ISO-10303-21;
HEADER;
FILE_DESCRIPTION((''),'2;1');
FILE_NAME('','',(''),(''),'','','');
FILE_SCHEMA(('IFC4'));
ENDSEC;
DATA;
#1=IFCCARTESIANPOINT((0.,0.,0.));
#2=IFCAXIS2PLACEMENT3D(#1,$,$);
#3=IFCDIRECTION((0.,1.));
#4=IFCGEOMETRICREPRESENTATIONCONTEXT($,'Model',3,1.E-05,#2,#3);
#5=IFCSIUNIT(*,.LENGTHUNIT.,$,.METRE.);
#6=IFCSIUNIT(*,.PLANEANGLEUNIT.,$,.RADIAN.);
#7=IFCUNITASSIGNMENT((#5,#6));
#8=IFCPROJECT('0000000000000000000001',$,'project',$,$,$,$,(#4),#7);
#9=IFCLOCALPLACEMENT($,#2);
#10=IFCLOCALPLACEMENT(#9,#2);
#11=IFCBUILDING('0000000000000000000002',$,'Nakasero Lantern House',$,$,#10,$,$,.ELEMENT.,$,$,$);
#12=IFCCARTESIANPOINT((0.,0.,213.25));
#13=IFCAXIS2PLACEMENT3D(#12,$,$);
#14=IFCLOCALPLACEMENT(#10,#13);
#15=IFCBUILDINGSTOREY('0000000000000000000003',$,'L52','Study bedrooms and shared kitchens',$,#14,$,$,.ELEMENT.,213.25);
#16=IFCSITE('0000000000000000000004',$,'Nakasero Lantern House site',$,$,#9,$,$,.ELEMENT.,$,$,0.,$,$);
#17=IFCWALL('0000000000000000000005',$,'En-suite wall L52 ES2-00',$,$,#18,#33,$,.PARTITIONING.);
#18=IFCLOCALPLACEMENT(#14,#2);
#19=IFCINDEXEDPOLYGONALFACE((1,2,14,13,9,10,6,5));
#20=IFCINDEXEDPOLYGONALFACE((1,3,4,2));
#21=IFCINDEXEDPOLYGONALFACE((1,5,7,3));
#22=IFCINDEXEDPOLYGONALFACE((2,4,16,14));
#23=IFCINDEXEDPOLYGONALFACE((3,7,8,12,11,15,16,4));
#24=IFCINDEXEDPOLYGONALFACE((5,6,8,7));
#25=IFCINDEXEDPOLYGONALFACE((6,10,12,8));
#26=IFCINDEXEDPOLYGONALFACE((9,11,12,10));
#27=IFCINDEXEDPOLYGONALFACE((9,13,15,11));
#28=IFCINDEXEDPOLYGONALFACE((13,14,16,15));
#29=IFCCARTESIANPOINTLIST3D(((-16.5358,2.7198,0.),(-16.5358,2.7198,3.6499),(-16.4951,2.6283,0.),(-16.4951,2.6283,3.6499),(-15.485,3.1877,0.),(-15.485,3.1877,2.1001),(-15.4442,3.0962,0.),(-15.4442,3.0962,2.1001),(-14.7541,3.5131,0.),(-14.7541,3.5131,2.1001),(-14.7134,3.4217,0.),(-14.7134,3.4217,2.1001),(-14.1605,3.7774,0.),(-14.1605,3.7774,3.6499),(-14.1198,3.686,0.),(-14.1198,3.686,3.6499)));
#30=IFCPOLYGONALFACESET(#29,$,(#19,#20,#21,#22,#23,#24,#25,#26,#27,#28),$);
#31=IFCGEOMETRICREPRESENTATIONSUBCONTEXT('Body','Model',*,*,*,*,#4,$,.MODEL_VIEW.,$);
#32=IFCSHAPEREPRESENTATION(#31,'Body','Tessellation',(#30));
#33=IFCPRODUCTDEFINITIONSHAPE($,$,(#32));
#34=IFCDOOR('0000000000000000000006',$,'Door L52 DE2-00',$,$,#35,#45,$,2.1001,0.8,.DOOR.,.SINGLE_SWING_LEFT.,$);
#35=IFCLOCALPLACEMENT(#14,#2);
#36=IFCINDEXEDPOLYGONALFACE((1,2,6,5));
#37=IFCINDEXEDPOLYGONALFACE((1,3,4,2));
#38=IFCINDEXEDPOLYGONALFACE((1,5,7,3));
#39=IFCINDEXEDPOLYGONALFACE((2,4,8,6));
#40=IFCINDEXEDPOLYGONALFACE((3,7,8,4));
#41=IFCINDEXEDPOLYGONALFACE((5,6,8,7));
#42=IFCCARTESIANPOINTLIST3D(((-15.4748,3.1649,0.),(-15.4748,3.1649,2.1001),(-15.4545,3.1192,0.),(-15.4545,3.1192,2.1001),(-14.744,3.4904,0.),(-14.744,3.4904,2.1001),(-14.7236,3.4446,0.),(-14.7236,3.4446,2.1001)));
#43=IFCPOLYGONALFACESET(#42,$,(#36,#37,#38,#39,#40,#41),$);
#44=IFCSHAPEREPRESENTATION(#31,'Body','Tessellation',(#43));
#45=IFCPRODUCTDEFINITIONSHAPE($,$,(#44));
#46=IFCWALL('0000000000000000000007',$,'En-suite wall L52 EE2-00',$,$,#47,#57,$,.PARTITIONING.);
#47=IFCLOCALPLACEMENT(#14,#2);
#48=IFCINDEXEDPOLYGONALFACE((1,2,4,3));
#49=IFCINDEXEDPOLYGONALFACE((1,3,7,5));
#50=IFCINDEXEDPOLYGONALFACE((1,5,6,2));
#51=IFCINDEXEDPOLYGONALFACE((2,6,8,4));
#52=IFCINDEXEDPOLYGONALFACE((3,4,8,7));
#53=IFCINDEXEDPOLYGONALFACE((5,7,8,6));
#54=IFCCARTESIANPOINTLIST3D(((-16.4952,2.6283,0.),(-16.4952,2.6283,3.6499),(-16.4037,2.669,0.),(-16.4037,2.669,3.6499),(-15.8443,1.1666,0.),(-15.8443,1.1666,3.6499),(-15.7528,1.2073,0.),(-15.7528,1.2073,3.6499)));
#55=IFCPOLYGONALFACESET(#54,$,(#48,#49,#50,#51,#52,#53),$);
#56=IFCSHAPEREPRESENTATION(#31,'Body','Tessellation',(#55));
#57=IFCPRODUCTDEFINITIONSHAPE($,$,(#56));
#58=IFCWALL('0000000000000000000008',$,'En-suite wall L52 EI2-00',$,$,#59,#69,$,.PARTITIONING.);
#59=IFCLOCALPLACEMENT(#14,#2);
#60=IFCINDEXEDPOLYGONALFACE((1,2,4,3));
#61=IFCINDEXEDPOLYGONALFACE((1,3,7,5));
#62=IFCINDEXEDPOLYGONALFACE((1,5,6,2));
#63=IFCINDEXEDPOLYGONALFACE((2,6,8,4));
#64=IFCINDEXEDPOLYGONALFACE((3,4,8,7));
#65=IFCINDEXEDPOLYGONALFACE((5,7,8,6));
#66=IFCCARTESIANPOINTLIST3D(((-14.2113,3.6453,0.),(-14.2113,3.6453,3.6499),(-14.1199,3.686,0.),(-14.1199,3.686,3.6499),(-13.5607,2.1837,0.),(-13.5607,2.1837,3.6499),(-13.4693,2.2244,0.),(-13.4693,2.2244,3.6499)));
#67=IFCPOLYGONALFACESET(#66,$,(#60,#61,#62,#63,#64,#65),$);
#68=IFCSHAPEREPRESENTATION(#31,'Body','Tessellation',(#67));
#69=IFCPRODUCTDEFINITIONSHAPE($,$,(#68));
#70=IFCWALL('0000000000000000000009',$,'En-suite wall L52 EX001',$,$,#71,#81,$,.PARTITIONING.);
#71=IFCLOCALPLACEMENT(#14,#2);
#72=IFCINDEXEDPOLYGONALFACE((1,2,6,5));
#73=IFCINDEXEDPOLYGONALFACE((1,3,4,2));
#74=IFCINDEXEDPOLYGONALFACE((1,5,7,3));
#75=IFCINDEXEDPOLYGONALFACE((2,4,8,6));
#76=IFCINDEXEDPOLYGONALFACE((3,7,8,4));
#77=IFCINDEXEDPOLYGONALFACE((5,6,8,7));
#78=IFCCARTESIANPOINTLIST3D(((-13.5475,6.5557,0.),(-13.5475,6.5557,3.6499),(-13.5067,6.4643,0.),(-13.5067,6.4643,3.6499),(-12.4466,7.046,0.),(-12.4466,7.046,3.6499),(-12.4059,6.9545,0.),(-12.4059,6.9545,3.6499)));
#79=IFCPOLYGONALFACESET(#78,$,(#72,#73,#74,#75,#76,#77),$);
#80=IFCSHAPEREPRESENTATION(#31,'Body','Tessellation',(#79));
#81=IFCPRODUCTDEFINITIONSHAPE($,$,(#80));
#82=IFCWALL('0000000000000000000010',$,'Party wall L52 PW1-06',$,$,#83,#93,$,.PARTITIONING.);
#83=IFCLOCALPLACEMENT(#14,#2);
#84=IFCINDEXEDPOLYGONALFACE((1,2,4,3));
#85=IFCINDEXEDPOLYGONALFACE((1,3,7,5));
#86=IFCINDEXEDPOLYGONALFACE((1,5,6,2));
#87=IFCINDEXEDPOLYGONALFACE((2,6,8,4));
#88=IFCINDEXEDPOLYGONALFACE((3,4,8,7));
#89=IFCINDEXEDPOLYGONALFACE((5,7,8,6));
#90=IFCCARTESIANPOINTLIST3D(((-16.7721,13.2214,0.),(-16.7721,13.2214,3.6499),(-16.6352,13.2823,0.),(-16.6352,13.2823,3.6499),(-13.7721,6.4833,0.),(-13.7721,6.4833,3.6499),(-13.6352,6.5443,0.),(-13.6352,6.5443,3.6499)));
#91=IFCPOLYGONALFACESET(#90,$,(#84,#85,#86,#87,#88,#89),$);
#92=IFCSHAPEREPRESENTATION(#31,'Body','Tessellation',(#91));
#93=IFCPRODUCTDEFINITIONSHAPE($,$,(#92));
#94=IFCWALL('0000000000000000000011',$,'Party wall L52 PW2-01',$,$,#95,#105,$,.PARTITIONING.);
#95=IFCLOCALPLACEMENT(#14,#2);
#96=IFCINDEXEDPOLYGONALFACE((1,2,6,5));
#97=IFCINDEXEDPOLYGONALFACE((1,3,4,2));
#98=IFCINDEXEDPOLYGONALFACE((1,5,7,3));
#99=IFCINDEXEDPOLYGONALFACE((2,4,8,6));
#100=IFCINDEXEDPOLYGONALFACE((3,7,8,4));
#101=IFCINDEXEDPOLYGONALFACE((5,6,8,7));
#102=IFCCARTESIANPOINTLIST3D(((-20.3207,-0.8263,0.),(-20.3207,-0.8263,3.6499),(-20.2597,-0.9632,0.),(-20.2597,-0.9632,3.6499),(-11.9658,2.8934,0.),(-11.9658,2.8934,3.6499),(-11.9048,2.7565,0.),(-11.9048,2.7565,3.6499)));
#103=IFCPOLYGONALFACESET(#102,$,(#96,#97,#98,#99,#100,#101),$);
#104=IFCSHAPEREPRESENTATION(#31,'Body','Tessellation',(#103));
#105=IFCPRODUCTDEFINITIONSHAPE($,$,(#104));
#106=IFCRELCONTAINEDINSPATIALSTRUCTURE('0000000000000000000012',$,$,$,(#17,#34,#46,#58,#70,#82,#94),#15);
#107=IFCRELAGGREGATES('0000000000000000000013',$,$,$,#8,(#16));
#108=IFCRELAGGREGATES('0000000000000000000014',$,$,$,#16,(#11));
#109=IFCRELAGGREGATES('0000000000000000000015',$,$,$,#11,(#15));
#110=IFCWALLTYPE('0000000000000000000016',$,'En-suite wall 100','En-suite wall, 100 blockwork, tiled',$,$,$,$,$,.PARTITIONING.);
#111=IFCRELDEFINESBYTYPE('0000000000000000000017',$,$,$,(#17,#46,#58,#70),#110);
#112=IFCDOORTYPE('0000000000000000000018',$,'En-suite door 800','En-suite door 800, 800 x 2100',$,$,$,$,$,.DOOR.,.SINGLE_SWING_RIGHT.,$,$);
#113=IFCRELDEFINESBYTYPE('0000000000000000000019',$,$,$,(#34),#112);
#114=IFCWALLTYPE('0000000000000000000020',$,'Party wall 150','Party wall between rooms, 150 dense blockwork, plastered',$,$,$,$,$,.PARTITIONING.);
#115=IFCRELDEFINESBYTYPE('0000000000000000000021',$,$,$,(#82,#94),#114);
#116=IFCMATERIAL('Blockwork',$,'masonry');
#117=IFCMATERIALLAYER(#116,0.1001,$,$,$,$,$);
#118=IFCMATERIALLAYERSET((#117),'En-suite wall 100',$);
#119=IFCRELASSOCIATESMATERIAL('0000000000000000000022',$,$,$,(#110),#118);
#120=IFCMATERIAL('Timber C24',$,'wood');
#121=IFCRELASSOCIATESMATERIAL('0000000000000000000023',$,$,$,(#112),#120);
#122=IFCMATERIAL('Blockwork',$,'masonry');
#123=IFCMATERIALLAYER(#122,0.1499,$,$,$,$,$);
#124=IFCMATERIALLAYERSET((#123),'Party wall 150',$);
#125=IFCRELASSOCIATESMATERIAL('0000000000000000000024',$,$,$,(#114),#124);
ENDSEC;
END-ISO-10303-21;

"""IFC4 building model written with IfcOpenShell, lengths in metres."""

from ifc_helpers import new_model, si_unit, direction, frame, frame_2d, origin, place, context, subcontext, project, spatial, rectangle, extrude, material, layer, layer_set, type_object, element, fill, save


model = new_model("IFC4")

# Units and contexts
model_context = context("Model", 3, precision=1e-05, world=origin(), true_north=direction((0.0, 1.0)))
body_context = subcontext(model_context, "Body", "Model", "MODEL_VIEW")
ifc_project = project(units=[si_unit("LENGTHUNIT", "METRE"), si_unit("PLANEANGLEUNIT", "RADIAN")], contexts=[model_context])

# Site, building, storey
site_placement = place(None, origin())
site = spatial("IfcSite", under=ifc_project, at=site_placement, Name="Nakasero Lantern House site", CompositionType="ELEMENT", RefElevation=0.0)
building_placement = place(site_placement, origin())
building = spatial("IfcBuilding", under=site, at=building_placement, Name="Nakasero Lantern House", CompositionType="ELEMENT")
storey_placement = place(building_placement, frame((0.0, 0.0, 213.25)))
storey = spatial("IfcBuildingStorey", under=building, at=storey_placement, Name="L52", Description="Study bedrooms and shared kitchens", CompositionType="ELEMENT", Elevation=213.25)

# Wall, opening, door
ifc_material_1 = material(Name="Blockwork", Category="masonry")
ifc_layer_1 = layer(ifc_material_1, 0.1001)
ifc_layer_set_1 = layer_set([ifc_layer_1], Name="En-suite wall 100")
wall_type_1 = type_object("IfcWallType", Name="En-suite wall 100", Description="En-suite wall, 100 blockwork, tiled", PredefinedType="PARTITIONING", material=ifc_layer_set_1)
wall_1_placement = place(storey_placement, frame((-14.1401, 3.7317, 0.0), z_axis=(0.0, 0.0, 1.0), x_axis=(-0.913533, -0.406766, 0.0)))
wall_1 = element("IfcWall", 1, at=wall_1_placement, inside=storey, type_object=wall_type_1, Name="En-suite wall L52 ES2-00", PredefinedType="PARTITIONING", context=body_context, shape_type="SweptSolid", body=[
    extrude(rectangle(XDim=2.6001, YDim=0.1001, at=frame_2d((1.3, 0.0))), origin(), (0.0, 0.0, 1.0), 3.6499),
])
opening_1_placement = place(wall_1_placement, frame((0.6499, 0.0, 0.0)))
opening_1 = element("IfcOpeningElement", 2, at=opening_1_placement, cuts=wall_1, PredefinedType="OPENING", context=body_context, shape_type="SweptSolid", body=[
    extrude(rectangle(XDim=0.8, YDim=2.1001, at=frame_2d((0.3999, 1.05))), frame((0.0, 0.0701, 0.0), z_axis=(0.0, -1.0, 0.0), x_axis=(1.0, 0.0, 0.0)), (0.0, 0.0, 1.0), 0.1401),
])
ifc_material_2 = material(Name="Timber C24", Category="wood")
door_type_1 = type_object("IfcDoorType", Name="En-suite door 800", Description="En-suite door 800, 800 x 2100", OperationType="SINGLE_SWING_RIGHT", PredefinedType="DOOR", material=ifc_material_2)
door_1_placement = place(opening_1_placement, origin())
door_1 = element("IfcDoor", 3, at=door_1_placement, inside=storey, type_object=door_type_1, Name="Door L52 DE2-00", OperationType="SINGLE_SWING_LEFT", OverallHeight=2.1001, OverallWidth=0.8, PredefinedType="DOOR", context=body_context, shape_type="SweptSolid", body=[
    extrude(rectangle(XDim=0.8, YDim=2.1001, at=frame_2d((0.3999, 1.05))), frame((0.0, 0.0249, 0.0), z_axis=(0.0, -1.0, 0.0), x_axis=(1.0, 0.0, 0.0)), (0.0, 0.0, 1.0), 0.05),
])
fill(opening_1, door_1)

# Walls
wall_2_placement = place(storey_placement, frame((-16.4495, 2.6487, 0.0), z_axis=(0.0, 0.0, 1.0), x_axis=(0.40679, -0.913522, 0.0)))
element("IfcWall", 4, at=wall_2_placement, inside=storey, type_object=wall_type_1, Name="En-suite wall L52 EE2-00", PredefinedType="PARTITIONING", context=body_context, shape_type="SweptSolid", body=[
    extrude(rectangle(XDim=1.6001, YDim=0.1001, at=frame_2d((0.8, 0.0))), origin(), (0.0, 0.0, 1.0), 3.6499),
])
wall_3_placement = place(storey_placement, frame((-14.1655, 3.6655, 0.0), z_axis=(0.0, 0.0, 1.0), x_axis=(0.406662, -0.913579, 0.0)))
element("IfcWall", 5, at=wall_3_placement, inside=storey, type_object=wall_type_1, Name="En-suite wall L52 EI2-00", PredefinedType="PARTITIONING", context=body_context, shape_type="SweptSolid", body=[
    extrude(rectangle(XDim=1.5999, YDim=0.1001, at=frame_2d((0.7998, 0.0))), origin(), (0.0, 0.0, 1.0), 3.6499),
])
wall_4_placement = place(storey_placement, frame((-13.5271, 6.51, 0.0), z_axis=(0.0, 0.0, 1.0), x_axis=(0.913511, 0.406815, 0.0)))
element("IfcWall", 6, at=wall_4_placement, inside=storey, type_object=wall_type_1, Name="En-suite wall L52 EX001", PredefinedType="PARTITIONING", context=body_context, shape_type="SweptSolid", body=[
    extrude(rectangle(XDim=1.2051, YDim=0.1001, at=frame_2d((0.6025, 0.0))), origin(), (0.0, 0.0, 1.0), 3.6499),
])
ifc_material_3 = material(Name="Blockwork", Category="masonry")
ifc_layer_2 = layer(ifc_material_3, 0.1499)
ifc_layer_set_2 = layer_set([ifc_layer_2], Name="Party wall 150")
wall_type_2 = type_object("IfcWallType", Name="Party wall 150", Description="Party wall between rooms, 150 dense blockwork, plastered", PredefinedType="PARTITIONING", material=ifc_layer_set_2)
wall_5_placement = place(storey_placement, frame((-13.7036, 6.5137, 0.0), z_axis=(0.0, 0.0, 1.0), x_axis=(-0.40674, 0.913544, 0.0)))
element("IfcWall", 7, at=wall_5_placement, inside=storey, type_object=wall_type_2, Name="Party wall L52 PW1-06", PredefinedType="PARTITIONING", context=body_context, shape_type="SweptSolid", body=[
    extrude(rectangle(XDim=7.3757, YDim=0.1499, at=frame_2d((3.688, 0.0))), origin(), (0.0, 0.0, 1.0), 3.6499),
])
wall_6_placement = place(storey_placement, frame((-11.9353, 2.825, 0.0), z_axis=(0.0, 0.0, 1.0), x_axis=(-0.913552, -0.406723, 0.0)))
element("IfcWall", 8, at=wall_6_placement, inside=storey, type_object=wall_type_2, Name="Party wall L52 PW2-01", PredefinedType="PARTITIONING", context=body_context, shape_type="SweptSolid", body=[
    extrude(rectangle(XDim=9.1455, YDim=0.1499, at=frame_2d((4.5728, 0.0))), origin(), (0.0, 0.0, 1.0), 3.6499),
])

save(model, "model.ifc")
